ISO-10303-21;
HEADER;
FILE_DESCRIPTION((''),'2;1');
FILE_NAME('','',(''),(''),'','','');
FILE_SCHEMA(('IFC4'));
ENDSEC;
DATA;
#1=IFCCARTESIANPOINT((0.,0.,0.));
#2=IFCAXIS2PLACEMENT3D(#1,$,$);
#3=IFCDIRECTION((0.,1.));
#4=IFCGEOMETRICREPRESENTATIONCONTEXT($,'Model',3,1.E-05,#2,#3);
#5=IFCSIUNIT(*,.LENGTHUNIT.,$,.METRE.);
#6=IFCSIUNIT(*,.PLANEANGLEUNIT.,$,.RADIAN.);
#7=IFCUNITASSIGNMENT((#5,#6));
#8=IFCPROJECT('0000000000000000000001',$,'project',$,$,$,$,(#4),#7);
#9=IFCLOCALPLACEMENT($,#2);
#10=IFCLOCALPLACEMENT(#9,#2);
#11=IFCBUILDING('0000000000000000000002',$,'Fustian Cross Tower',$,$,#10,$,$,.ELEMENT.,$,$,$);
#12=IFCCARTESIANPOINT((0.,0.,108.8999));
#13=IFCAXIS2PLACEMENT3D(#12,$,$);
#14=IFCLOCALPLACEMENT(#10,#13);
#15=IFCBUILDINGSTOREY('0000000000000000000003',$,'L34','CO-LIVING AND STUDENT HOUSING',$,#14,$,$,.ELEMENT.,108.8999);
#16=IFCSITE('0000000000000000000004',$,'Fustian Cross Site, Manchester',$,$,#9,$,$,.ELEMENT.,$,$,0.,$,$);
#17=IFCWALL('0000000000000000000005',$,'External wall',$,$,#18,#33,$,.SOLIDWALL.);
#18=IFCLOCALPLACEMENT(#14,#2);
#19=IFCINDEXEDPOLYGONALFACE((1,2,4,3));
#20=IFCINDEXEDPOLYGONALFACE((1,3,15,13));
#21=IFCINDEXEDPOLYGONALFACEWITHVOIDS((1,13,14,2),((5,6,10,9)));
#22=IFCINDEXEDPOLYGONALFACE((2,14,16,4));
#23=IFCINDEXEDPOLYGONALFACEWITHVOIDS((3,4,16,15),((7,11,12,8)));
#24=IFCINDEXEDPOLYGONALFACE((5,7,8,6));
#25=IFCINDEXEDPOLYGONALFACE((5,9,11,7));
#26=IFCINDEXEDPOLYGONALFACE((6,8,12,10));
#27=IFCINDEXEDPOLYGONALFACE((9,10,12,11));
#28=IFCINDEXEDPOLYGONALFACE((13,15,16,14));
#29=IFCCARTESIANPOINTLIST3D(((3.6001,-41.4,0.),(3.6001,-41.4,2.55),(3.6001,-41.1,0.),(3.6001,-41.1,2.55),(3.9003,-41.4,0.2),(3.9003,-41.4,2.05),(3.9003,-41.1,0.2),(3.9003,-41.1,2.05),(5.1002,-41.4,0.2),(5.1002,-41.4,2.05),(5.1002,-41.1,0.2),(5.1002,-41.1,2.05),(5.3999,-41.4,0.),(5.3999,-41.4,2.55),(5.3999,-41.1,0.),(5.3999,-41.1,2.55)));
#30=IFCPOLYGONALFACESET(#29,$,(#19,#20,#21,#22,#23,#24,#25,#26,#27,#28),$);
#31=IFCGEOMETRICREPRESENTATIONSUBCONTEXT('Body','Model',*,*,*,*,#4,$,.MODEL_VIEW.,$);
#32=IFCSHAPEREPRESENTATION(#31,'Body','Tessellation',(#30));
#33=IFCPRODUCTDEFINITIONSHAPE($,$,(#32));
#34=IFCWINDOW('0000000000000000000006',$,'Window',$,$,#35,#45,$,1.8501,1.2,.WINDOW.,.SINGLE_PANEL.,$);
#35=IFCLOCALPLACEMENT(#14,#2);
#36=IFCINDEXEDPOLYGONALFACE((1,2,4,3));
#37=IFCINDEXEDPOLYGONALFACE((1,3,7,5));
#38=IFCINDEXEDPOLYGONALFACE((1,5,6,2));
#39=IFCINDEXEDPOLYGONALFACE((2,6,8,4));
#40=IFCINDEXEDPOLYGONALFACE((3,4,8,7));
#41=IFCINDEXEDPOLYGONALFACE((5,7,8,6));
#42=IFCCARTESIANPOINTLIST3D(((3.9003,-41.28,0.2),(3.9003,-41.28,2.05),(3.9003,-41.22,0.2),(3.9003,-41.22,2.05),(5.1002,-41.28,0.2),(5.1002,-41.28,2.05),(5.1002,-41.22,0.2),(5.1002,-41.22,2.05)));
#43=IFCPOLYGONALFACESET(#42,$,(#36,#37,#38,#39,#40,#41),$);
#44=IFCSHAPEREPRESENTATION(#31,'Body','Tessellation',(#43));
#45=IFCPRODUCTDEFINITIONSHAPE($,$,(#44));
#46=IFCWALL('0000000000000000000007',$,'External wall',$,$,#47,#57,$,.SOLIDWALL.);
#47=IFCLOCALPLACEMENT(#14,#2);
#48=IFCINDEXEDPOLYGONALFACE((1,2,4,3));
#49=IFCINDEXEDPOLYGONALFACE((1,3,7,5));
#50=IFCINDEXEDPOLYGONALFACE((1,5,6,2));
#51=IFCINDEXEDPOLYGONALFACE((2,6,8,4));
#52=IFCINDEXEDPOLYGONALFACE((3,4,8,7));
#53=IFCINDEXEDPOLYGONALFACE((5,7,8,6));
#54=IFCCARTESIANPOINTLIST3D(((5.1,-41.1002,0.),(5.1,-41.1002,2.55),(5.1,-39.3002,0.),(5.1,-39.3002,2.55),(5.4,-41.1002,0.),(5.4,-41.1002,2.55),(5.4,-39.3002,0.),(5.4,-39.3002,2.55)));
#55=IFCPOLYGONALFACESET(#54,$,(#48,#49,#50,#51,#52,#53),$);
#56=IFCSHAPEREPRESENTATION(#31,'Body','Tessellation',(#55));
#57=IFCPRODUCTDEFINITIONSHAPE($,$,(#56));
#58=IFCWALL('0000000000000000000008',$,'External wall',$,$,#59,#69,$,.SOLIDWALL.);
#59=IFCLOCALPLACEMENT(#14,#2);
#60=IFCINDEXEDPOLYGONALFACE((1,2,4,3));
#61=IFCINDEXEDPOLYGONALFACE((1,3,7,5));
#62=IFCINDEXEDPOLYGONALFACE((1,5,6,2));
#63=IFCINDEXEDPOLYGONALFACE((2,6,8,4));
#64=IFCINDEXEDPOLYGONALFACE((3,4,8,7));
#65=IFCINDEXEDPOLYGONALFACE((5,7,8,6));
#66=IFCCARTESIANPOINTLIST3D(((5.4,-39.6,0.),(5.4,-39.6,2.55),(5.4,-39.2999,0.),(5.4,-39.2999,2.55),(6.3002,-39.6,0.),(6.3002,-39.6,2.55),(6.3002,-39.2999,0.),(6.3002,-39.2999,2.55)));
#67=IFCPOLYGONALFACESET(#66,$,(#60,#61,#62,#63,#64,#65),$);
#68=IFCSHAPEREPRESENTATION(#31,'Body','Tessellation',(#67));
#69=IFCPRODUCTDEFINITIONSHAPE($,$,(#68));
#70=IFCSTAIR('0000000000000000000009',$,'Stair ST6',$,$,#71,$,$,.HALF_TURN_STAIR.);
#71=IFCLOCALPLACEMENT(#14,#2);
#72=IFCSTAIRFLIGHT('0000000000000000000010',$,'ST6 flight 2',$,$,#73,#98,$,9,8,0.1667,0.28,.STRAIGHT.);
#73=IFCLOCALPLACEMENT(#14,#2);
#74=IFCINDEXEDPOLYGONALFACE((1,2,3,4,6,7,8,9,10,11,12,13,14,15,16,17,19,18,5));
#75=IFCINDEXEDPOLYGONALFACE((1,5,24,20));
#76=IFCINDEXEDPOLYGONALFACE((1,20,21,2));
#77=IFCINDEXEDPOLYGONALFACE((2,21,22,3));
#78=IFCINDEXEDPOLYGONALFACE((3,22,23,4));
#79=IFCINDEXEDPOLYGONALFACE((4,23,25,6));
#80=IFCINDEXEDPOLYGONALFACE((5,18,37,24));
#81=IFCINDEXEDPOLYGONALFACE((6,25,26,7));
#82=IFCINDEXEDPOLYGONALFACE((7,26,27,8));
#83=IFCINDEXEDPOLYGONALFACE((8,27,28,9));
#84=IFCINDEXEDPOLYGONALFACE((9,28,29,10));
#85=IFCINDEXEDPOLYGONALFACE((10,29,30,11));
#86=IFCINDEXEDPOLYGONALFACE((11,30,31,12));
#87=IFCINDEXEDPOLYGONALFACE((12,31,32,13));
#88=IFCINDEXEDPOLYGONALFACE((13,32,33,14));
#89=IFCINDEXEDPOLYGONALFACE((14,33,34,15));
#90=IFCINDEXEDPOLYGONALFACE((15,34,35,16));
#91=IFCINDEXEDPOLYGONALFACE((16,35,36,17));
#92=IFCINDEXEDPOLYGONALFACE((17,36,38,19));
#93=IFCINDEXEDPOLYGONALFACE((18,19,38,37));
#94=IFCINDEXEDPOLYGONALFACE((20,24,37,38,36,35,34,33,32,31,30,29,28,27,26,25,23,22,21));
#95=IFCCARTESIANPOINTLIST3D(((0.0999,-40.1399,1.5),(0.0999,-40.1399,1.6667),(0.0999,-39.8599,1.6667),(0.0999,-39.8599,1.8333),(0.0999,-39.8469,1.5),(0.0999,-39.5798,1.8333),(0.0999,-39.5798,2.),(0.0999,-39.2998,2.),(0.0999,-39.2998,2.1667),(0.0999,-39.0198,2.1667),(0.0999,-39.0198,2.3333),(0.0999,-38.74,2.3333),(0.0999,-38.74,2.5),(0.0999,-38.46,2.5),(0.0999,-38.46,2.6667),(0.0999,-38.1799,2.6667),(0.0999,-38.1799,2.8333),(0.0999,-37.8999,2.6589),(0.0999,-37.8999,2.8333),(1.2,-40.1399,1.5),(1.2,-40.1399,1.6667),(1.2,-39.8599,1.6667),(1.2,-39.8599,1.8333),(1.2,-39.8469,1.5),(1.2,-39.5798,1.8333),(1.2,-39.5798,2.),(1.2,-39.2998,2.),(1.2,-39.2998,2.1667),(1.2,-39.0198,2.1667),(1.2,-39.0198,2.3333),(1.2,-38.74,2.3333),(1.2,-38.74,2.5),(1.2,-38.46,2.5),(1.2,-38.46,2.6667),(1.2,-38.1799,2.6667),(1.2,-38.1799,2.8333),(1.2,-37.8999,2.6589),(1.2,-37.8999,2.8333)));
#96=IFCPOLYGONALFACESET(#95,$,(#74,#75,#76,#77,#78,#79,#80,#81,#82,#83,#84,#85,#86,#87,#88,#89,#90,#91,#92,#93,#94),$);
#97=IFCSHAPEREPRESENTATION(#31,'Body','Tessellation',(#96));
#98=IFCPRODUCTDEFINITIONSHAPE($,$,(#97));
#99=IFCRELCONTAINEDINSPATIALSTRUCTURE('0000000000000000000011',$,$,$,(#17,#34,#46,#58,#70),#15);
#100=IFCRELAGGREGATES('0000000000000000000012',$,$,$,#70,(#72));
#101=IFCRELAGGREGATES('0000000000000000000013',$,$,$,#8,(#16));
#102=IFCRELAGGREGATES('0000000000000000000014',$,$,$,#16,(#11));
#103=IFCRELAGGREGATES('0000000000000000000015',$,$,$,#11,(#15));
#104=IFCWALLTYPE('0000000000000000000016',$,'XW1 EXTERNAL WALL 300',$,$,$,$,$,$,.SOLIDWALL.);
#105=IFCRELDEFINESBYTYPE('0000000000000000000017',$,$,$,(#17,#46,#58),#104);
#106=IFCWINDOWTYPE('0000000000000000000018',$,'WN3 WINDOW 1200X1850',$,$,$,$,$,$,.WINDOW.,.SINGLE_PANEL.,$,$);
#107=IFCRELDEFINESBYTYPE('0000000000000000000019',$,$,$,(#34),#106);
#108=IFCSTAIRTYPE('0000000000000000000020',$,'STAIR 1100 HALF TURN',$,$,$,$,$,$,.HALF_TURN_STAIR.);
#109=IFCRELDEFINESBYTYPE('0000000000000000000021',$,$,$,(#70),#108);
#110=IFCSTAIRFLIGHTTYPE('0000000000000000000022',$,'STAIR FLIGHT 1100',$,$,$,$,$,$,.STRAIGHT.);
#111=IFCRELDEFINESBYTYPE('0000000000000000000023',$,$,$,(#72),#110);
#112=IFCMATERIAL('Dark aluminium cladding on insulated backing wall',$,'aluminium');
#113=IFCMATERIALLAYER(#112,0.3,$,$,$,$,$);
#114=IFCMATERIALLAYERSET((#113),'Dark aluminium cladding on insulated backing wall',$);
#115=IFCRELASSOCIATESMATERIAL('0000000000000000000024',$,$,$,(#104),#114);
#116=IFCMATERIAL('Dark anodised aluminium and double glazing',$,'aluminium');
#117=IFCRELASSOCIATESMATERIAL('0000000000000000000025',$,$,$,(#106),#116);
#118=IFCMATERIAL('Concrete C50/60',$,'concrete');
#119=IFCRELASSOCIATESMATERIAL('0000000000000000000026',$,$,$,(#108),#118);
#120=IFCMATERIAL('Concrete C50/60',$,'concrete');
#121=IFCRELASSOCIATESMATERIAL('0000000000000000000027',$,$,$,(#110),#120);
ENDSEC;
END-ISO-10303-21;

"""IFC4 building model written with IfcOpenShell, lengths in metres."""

from ifc_helpers import new_model, si_unit, direction, frame, frame_2d, origin, place, context, subcontext, project, spatial, polyline, rectangle, outline, extrude, material, layer, layer_set, type_object, element, fill, aggregate, save


model = new_model("IFC4")

# Units and contexts
model_context = context("Model", 3, precision=1e-05, world=origin(), true_north=direction((0.0, 1.0)))
body_context = subcontext(model_context, "Body", "Model", "MODEL_VIEW")
ifc_project = project(units=[si_unit("LENGTHUNIT", "METRE"), si_unit("PLANEANGLEUNIT", "RADIAN")], contexts=[model_context])

# Site, building, storey
site_placement = place(None, origin())
site = spatial("IfcSite", under=ifc_project, at=site_placement, Name="Fustian Cross Site, Manchester", CompositionType="ELEMENT", RefElevation=0.0)
building_placement = place(site_placement, origin())
building = spatial("IfcBuilding", under=site, at=building_placement, Name="Fustian Cross Tower", CompositionType="ELEMENT")
storey_placement = place(building_placement, frame((0.0, 0.0, 108.8999)))
storey = spatial("IfcBuildingStorey", under=building, at=storey_placement, Name="L34", Description="CO-LIVING AND STUDENT HOUSING", CompositionType="ELEMENT", Elevation=108.8999)

# Shared definitions
ifc_material_1 = material(Name="Dark aluminium cladding on insulated backing wall", Category="aluminium")
ifc_layer_1 = layer(ifc_material_1, 0.3)
ifc_layer_set_1 = layer_set([ifc_layer_1], Name="Dark aluminium cladding on insulated backing wall")
wall_type_1 = type_object("IfcWallType", Name="XW1 EXTERNAL WALL 300", PredefinedType="SOLIDWALL", material=ifc_layer_set_1)

# Wall, opening, window
wall_1_placement = place(storey_placement, frame((3.6001, -41.25, 0.0), z_axis=(0.0, 0.0, 1.0), x_axis=(1.0, 0.0, 0.0)))
wall_1 = element("IfcWall", 1, at=wall_1_placement, inside=storey, type_object=wall_type_1, Name="External wall", PredefinedType="SOLIDWALL", context=body_context, shape_type="SweptSolid", body=[
    extrude(rectangle(XDim=1.7998, YDim=0.3, at=frame_2d((0.8999, 0.0))), origin(), (0.0, 0.0, 1.0), 2.55),
])
opening_1_placement = place(wall_1_placement, frame((0.3, 0.0, 0.2)))
opening_1 = element("IfcOpeningElement", 2, at=opening_1_placement, cuts=wall_1, PredefinedType="OPENING", context=body_context, shape_type="SweptSolid", body=[
    extrude(rectangle(XDim=1.2, YDim=1.8501, at=frame_2d((0.6001, 0.925))), frame((0.0, 0.1599, 0.0), z_axis=(0.0, -1.0, 0.0), x_axis=(1.0, 0.0, 0.0)), (0.0, 0.0, 1.0), 0.3201),
])
ifc_material_2 = material(Name="Dark anodised aluminium and double glazing", Category="aluminium")
window_type = type_object("IfcWindowType", Name="WN3 WINDOW 1200X1850", PartitioningType="SINGLE_PANEL", PredefinedType="WINDOW", material=ifc_material_2)
window_placement = place(opening_1_placement, origin())
window = element("IfcWindow", 3, at=window_placement, inside=storey, type_object=window_type, Name="Window", OverallHeight=1.8501, OverallWidth=1.2, PartitioningType="SINGLE_PANEL", PredefinedType="WINDOW", context=body_context, shape_type="SweptSolid", body=[
    extrude(rectangle(XDim=1.2, YDim=1.8501, at=frame_2d((0.6001, 0.925))), frame((0.0, 0.03, 0.0), z_axis=(0.0, -1.0, 0.0), x_axis=(1.0, 0.0, 0.0)), (0.0, 0.0, 1.0), 0.0601),
])
fill(opening_1, window)

# Walls
wall_2_placement = place(storey_placement, frame((5.25, -41.1001, 0.0), z_axis=(0.0, 0.0, 1.0), x_axis=(0.0, 1.0, 0.0)))
element("IfcWall", 4, at=wall_2_placement, inside=storey, type_object=wall_type_1, Name="External wall", PredefinedType="SOLIDWALL", context=body_context, shape_type="SweptSolid", body=[
    extrude(rectangle(XDim=1.8, YDim=0.3, at=frame_2d((0.8999, 0.0))), origin(), (0.0, 0.0, 1.0), 2.55),
])
wall_3_placement = place(storey_placement, frame((5.3999, -39.45, 0.0), z_axis=(0.0, 0.0, 1.0), x_axis=(1.0, 0.0, 0.0)))
element("IfcWall", 5, at=wall_3_placement, inside=storey, type_object=wall_type_1, Name="External wall", PredefinedType="SOLIDWALL", context=body_context, shape_type="SweptSolid", body=[
    extrude(rectangle(XDim=0.9001, YDim=0.3, at=frame_2d((0.4502, 0.0))), origin(), (0.0, 0.0, 1.0), 2.55),
])

# Stair, stair flight
ifc_material_3 = material(Name="Concrete C50/60", Category="concrete")
stair_type = type_object("IfcStairType", Name="STAIR 1100 HALF TURN", PredefinedType="HALF_TURN_STAIR", material=ifc_material_3)
stair_placement = place(storey_placement, origin())
stair = element("IfcStair", 6, at=stair_placement, inside=storey, type_object=stair_type, Name="Stair ST6", PredefinedType="HALF_TURN_STAIR")
ifc_material_4 = material(Name="Concrete C50/60", Category="concrete")
stair_flight_type = type_object("IfcStairFlightType", Name="STAIR FLIGHT 1100", PredefinedType="STRAIGHT", material=ifc_material_4)
stair_flight_placement = place(storey_placement, frame((0.6499, -40.1399, 1.5), z_axis=(0.0, 0.0, 1.0), x_axis=(0.0, 1.0, 0.0)))
stair_flight = element("IfcStairFlight", 7, at=stair_flight_placement, type_object=stair_flight_type, Name="ST6 flight 2", NumberOfRisers=9, NumberOfTreads=8, PredefinedType="STRAIGHT", RiserHeight=0.1667, TreadLength=0.28, context=body_context, shape_type="SweptSolid", body=[
    extrude(outline(polyline([(0.0, 0.0), (0.0, 0.1667), (0.28, 0.1667), (0.28, 0.3333), (0.5601, 0.3333), (0.5601, 0.5), (0.8401, 0.5), (0.8401, 0.6667), (1.1201, 0.6667), (1.1201, 0.8333), (1.3999, 0.8333), (1.3999, 1.0), (1.6799, 1.0), (1.6799, 1.1667), (1.96, 1.1667), (1.96, 1.3333), (2.24, 1.3333), (2.24, 1.5), (2.24, 1.1589), (0.293, 0.0), (0.0, 0.0)])), frame((0.0, 0.55, 0.0), z_axis=(0.0, -1.0, 0.0), x_axis=(1.0, 0.0, 0.0)), (0.0, 0.0, 1.0), 1.1001),
])
aggregate(stair, [stair_flight])

save(model, "model.ifc")
